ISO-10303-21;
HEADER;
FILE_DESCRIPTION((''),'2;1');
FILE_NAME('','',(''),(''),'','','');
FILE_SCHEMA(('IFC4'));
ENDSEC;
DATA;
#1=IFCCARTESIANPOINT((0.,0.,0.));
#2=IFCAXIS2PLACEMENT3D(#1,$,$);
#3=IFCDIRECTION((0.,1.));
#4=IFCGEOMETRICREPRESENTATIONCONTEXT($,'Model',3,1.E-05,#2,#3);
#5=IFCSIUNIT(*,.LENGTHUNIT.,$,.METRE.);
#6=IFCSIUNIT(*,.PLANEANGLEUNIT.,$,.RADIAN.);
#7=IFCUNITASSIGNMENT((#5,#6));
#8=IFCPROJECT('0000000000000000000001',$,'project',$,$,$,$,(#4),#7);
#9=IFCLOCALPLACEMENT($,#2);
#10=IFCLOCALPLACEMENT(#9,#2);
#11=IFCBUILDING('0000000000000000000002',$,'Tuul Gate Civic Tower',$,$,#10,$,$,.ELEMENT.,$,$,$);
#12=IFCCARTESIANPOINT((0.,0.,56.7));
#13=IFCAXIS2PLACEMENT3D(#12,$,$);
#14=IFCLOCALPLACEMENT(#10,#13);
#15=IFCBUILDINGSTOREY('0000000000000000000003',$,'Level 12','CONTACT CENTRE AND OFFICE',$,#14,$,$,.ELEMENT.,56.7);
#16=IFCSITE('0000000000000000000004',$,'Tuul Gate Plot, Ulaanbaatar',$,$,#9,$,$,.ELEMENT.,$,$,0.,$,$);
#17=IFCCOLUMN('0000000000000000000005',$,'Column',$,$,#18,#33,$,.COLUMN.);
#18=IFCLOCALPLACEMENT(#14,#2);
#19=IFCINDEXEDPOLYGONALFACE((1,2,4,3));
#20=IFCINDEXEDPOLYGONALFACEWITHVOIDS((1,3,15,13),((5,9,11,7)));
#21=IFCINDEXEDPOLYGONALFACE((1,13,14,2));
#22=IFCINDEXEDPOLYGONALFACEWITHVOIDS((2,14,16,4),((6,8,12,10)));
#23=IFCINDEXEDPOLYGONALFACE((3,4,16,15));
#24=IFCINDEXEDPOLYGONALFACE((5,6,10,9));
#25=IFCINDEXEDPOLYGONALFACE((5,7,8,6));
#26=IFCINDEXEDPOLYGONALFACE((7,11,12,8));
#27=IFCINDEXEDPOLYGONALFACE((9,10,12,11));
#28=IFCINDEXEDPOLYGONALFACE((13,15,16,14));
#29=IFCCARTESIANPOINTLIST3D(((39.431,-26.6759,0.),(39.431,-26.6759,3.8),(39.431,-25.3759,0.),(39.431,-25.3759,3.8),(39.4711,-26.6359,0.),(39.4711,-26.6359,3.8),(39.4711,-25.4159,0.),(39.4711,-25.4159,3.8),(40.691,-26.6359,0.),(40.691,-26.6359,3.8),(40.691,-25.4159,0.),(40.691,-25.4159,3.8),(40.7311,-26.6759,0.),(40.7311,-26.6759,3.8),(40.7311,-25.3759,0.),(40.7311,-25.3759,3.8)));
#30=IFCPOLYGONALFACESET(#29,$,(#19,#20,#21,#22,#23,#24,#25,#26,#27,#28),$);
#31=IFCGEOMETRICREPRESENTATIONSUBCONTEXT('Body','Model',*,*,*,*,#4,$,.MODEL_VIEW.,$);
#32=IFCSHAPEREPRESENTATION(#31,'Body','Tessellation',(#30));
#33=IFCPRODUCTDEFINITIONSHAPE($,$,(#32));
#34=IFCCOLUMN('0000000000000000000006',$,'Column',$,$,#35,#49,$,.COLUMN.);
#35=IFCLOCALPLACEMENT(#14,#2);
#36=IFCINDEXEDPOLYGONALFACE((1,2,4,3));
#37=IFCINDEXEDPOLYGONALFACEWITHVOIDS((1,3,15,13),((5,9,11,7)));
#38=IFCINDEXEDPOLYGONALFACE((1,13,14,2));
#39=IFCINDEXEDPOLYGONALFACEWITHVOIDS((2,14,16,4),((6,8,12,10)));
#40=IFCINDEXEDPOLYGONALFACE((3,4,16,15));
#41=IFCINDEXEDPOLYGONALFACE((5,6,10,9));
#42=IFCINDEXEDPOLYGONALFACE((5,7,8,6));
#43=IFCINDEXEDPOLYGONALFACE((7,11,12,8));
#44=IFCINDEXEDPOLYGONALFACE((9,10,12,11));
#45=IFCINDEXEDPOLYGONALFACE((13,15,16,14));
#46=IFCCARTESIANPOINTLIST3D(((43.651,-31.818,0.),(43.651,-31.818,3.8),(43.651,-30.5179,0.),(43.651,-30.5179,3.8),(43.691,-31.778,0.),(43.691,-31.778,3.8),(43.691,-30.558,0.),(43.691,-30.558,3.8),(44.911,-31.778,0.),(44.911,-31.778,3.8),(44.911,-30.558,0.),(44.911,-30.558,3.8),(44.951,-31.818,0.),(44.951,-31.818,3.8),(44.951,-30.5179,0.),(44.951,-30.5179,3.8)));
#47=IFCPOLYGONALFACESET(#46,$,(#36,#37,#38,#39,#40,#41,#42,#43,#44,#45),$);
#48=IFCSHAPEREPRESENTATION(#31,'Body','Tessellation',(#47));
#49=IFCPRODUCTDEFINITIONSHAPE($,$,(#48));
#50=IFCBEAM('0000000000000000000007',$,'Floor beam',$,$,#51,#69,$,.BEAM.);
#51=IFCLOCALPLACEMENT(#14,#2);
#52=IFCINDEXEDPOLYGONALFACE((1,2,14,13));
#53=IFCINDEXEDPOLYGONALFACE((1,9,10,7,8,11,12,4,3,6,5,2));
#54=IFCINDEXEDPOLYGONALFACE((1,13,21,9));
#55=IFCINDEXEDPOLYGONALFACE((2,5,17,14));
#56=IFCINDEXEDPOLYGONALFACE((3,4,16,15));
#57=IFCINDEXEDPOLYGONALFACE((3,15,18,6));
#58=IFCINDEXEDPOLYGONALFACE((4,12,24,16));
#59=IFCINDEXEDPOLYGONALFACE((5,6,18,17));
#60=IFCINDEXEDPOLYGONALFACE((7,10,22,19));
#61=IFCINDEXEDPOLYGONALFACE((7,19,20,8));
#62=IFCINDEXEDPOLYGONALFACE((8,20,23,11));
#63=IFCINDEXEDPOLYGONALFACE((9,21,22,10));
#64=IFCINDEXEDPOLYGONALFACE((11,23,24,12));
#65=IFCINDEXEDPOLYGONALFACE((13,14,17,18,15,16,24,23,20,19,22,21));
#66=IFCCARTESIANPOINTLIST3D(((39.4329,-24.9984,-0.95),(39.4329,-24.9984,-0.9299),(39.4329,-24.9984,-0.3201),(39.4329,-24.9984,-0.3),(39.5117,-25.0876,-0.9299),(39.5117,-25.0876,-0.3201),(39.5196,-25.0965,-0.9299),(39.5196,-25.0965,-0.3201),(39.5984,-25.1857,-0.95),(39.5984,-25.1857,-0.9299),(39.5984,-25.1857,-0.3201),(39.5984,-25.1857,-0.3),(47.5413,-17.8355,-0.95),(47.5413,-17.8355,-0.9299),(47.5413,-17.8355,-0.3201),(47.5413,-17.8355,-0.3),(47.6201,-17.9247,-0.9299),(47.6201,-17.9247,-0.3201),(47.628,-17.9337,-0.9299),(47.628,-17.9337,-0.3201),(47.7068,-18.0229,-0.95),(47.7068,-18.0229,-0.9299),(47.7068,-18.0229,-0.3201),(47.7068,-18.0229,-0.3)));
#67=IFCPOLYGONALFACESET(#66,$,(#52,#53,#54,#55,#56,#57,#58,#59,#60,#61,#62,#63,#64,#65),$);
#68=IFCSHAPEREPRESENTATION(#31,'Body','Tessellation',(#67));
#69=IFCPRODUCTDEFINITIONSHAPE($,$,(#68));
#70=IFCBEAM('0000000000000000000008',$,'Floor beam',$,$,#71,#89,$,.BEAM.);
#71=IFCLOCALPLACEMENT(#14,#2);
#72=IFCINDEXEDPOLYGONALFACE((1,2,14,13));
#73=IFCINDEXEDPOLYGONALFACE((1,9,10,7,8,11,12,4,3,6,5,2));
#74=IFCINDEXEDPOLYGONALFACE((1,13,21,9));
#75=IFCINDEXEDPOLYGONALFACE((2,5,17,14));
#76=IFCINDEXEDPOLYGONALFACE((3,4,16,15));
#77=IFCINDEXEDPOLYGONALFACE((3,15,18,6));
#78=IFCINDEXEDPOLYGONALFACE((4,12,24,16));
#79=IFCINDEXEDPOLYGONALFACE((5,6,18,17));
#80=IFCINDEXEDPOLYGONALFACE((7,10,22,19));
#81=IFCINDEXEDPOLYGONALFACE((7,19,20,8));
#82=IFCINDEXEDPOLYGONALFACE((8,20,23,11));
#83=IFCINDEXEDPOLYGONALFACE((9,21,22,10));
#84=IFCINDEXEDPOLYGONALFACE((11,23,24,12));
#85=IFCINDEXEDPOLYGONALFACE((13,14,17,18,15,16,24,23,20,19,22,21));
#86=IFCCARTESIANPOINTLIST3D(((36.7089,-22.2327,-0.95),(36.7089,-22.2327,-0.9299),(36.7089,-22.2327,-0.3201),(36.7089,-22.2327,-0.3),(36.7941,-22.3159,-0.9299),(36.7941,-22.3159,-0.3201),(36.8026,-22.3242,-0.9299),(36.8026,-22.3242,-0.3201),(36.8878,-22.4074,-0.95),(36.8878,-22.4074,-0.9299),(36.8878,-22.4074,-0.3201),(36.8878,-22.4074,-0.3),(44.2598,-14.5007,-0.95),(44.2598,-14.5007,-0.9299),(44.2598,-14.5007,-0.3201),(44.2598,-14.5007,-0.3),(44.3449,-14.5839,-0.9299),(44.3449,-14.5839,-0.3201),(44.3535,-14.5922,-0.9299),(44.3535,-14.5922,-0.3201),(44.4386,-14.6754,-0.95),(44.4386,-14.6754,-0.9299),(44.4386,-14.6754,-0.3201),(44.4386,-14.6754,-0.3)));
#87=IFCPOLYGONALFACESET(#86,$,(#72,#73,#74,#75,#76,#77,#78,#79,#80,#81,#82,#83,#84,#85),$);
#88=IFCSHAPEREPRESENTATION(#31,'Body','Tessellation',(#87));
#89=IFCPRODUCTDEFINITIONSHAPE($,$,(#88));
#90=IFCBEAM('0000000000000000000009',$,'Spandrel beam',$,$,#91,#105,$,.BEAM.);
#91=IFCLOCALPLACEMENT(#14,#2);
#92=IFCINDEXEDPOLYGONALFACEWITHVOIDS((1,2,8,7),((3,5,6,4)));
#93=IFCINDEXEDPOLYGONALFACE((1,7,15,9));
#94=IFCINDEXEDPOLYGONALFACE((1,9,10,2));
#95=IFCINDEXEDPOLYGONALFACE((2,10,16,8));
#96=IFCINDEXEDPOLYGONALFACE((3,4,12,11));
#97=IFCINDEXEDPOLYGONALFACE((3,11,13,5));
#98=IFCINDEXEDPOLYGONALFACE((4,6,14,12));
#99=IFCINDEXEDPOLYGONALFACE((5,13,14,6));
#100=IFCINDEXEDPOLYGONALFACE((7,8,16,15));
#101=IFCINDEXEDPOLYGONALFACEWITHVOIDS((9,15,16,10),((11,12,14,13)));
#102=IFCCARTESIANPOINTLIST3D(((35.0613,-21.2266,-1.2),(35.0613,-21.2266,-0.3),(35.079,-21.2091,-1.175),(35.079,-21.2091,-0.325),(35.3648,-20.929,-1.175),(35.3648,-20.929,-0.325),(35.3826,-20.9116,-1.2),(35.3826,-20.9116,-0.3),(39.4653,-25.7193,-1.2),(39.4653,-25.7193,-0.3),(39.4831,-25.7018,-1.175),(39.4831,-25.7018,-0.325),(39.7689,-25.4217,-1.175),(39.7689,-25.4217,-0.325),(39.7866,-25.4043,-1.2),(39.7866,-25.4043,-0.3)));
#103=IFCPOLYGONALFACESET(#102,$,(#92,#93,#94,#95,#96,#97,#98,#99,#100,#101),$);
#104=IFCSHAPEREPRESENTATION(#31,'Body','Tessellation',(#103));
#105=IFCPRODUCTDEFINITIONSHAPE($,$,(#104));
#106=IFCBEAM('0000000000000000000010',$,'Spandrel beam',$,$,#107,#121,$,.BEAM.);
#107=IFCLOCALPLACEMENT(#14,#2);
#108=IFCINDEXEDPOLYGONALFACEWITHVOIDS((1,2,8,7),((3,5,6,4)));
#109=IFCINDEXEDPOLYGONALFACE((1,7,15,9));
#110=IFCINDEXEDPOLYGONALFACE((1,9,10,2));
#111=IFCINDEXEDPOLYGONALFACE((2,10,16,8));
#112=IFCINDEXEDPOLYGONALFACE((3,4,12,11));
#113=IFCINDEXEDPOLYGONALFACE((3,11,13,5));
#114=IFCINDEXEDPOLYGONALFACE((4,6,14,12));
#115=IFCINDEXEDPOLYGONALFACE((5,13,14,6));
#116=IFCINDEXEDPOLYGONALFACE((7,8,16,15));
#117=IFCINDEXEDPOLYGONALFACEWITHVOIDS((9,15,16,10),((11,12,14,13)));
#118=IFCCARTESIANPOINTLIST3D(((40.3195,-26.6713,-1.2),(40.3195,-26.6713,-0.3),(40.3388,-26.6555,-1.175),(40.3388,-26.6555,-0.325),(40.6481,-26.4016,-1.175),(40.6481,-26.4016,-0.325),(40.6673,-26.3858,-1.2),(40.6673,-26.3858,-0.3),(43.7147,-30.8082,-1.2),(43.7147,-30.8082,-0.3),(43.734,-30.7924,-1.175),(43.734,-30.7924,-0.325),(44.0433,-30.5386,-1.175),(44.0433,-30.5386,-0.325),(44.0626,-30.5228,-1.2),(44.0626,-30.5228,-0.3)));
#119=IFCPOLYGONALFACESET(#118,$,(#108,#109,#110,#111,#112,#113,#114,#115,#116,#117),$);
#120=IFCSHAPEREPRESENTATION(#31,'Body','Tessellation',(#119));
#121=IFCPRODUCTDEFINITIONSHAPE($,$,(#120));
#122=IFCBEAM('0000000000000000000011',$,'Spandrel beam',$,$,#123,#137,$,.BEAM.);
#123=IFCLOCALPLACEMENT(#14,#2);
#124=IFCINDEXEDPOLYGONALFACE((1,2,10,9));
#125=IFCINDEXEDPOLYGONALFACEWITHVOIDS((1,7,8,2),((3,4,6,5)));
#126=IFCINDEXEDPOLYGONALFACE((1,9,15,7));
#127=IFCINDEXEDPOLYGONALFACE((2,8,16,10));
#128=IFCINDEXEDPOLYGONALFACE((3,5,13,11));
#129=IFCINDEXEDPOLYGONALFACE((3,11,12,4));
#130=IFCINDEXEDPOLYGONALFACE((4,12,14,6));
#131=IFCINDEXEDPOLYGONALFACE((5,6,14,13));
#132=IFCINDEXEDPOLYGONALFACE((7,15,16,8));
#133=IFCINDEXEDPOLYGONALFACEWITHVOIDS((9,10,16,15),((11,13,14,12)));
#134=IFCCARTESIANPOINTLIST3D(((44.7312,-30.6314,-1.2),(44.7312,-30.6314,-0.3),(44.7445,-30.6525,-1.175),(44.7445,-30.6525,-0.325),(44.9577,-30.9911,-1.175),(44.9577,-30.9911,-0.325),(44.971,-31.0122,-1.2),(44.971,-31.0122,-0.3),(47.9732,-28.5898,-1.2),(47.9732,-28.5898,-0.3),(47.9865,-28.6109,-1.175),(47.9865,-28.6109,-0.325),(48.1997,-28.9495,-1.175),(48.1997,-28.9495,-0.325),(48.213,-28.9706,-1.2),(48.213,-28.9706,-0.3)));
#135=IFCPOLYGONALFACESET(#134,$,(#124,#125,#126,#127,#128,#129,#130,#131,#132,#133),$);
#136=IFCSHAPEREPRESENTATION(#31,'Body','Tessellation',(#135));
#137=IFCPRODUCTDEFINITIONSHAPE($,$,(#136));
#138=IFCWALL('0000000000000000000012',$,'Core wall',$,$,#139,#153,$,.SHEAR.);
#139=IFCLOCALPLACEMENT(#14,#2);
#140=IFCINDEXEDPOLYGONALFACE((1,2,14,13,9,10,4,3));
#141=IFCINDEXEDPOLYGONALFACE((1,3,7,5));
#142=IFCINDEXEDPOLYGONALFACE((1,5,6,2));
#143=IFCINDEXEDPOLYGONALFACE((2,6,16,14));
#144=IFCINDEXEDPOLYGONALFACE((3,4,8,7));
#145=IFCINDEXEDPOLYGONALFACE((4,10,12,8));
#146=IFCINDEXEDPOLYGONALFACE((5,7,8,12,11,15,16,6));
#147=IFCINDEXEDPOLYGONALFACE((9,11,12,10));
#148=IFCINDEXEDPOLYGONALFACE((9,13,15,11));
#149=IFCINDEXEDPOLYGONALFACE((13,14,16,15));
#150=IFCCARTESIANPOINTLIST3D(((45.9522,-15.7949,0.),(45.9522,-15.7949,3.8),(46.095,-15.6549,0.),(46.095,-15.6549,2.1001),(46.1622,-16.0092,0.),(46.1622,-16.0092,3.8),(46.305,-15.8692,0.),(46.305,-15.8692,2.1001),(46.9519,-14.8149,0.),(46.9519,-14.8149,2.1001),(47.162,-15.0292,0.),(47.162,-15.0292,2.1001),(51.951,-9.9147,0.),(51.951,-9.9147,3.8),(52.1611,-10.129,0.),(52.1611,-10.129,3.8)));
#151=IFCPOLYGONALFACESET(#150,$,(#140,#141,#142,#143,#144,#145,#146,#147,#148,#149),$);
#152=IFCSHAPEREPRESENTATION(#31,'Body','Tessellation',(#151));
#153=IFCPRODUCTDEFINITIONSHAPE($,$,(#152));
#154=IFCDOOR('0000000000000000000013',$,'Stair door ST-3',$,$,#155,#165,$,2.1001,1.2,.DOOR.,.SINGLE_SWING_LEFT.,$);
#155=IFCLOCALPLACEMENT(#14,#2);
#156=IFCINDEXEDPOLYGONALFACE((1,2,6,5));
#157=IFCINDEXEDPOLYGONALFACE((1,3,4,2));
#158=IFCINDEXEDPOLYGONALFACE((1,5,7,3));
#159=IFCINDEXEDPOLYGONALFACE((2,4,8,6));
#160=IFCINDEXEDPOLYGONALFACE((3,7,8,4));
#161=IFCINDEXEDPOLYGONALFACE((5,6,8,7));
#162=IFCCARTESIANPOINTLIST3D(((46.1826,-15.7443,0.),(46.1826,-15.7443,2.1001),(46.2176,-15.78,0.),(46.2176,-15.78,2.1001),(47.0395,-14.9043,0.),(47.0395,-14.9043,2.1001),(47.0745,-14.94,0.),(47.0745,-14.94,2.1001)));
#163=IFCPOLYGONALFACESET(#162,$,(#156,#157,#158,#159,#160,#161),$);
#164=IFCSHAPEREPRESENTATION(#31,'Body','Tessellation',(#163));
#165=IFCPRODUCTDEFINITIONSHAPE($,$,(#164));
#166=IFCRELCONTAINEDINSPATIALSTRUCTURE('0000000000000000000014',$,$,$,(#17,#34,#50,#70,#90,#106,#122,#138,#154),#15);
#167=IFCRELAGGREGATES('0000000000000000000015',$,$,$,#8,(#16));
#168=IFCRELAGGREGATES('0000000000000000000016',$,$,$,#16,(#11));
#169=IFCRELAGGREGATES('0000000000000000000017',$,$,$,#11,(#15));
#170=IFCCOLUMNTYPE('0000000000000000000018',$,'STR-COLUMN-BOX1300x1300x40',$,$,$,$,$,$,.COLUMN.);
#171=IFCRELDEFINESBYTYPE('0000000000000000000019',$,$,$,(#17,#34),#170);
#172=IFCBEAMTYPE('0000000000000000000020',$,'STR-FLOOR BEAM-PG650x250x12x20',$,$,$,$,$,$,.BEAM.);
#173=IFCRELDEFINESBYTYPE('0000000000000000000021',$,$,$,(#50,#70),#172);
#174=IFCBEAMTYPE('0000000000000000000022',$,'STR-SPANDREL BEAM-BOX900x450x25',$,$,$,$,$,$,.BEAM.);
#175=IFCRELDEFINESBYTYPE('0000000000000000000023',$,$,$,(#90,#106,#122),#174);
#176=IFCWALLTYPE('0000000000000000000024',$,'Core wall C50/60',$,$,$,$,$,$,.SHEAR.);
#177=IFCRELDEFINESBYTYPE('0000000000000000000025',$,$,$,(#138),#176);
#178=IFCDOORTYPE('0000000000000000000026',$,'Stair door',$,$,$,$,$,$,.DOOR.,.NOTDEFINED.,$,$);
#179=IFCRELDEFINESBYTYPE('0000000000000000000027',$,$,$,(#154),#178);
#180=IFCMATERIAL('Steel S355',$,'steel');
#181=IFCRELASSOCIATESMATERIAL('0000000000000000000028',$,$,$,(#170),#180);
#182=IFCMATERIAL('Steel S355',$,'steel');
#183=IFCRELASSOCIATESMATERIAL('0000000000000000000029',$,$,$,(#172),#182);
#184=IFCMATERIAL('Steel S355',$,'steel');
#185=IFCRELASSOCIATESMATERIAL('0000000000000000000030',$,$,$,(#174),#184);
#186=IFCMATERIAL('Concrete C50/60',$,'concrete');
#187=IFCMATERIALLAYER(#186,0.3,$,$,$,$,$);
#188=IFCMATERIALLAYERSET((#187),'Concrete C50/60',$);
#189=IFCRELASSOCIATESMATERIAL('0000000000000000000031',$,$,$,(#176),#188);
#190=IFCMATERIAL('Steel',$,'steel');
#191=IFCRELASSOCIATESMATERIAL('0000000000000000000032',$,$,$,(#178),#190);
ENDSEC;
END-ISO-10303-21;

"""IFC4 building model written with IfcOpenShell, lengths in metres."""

from ifc_helpers import new_model, si_unit, direction, frame, frame_2d, origin, origin_2d, place, context, subcontext, project, spatial, rectangle, hollow_rectangle, i_section, extrude, material, layer, layer_set, material_profile, profile_set, type_object, element, fill, save


model = new_model("IFC4")

# Units and contexts
model_context = context("Model", 3, precision=1e-05, world=origin(), true_north=direction((0.0, 1.0)))
body_context = subcontext(model_context, "Body", "Model", "MODEL_VIEW")
ifc_project = project(units=[si_unit("LENGTHUNIT", "METRE"), si_unit("PLANEANGLEUNIT", "RADIAN")], contexts=[model_context])

# Site, building, storey
site_placement = place(None, origin())
site = spatial("IfcSite", under=ifc_project, at=site_placement, Name="Tuul Gate Plot, Ulaanbaatar", CompositionType="ELEMENT", RefElevation=0.0)
building_placement = place(site_placement, origin())
building = spatial("IfcBuilding", under=site, at=building_placement, Name="Tuul Gate Civic Tower", CompositionType="ELEMENT")
storey_placement = place(building_placement, frame((0.0, 0.0, 56.7)))
storey = spatial("IfcBuildingStorey", under=building, at=storey_placement, Name="Level 12", Description="CONTACT CENTRE AND OFFICE", CompositionType="ELEMENT", Elevation=56.7)

# Columns
ifc_material_1 = material(Name="Steel S355", Category="steel")
ifc_material_profile_1 = material_profile(ifc_material_1, hollow_rectangle(XDim=1.3, YDim=1.3, WallThickness=0.04, at=origin_2d()), Name="BOX1300x1300x40")
ifc_profile_set_1 = profile_set([ifc_material_profile_1], Name="Steel S355")
column_type = type_object("IfcColumnType", Name="STR-COLUMN-BOX1300x1300x40", PredefinedType="COLUMN", material=ifc_profile_set_1)
for number, where, z_axis, x_axis, name in (
    (1, (40.0811, -26.0259, 0.0), (0.0, 0.0, 1.0), (1.0, 0.0, 0.0), "Column"),
    (2, (44.301, -31.168, 0.0), (0.0, 0.0, 1.0), (1.0, 0.0, 0.0), "Column"),
):
    element("IfcColumn", number, at=place(storey_placement, frame(where, z_axis=z_axis, x_axis=x_axis)), inside=storey, type_object=column_type, Name=name, PredefinedType="COLUMN", context=body_context, shape_type="SweptSolid", body=[
        extrude(hollow_rectangle(XDim=1.3, YDim=1.3, WallThickness=0.04, at=origin_2d()), origin(), (0.0, 0.0, 1.0), 3.8),
    ])

# Beams
ifc_material_2 = material(Name="Steel S355", Category="steel")
ifc_material_profile_2 = material_profile(ifc_material_2, i_section(OverallWidth=0.25, OverallDepth=0.6499, WebThickness=0.012, FlangeThickness=0.02, at=origin_2d()), Name="PG650x250x12x20")
ifc_profile_set_2 = profile_set([ifc_material_profile_2], Name="Steel S355")
beam_type_1 = type_object("IfcBeamType", Name="STR-FLOOR BEAM-PG650x250x12x20", PredefinedType="BEAM", material=ifc_profile_set_2)
beam_1_placement = place(storey_placement, frame((39.5156, -25.092, -0.625), z_axis=(0.749454, 0.662057, 0.0), x_axis=(-0.662057, 0.749454, 0.0)))
element("IfcBeam", 3, at=beam_1_placement, inside=storey, type_object=beam_type_1, Name="Floor beam", PredefinedType="BEAM", context=body_context, shape_type="SweptSolid", body=[
    extrude(i_section(OverallWidth=0.25, OverallDepth=0.6499, WebThickness=0.012, FlangeThickness=0.02, at=origin_2d()), origin(), (0.0, 0.0, 1.0), 10.8191),
])
beam_2_placement = place(storey_placement, frame((36.7983, -22.3201, -0.625), z_axis=(0.698676, 0.715438, 0.0), x_axis=(-0.715438, 0.698676, 0.0)))
element("IfcBeam", 4, at=beam_2_placement, inside=storey, type_object=beam_type_1, Name="Floor beam", PredefinedType="BEAM", context=body_context, shape_type="SweptSolid", body=[
    extrude(i_section(OverallWidth=0.25, OverallDepth=0.6499, WebThickness=0.012, FlangeThickness=0.02, at=origin_2d()), origin(), (0.0, 0.0, 1.0), 10.8074),
])
ifc_material_3 = material(Name="Steel S355", Category="steel")
ifc_material_profile_3 = material_profile(ifc_material_3, hollow_rectangle(XDim=0.45, YDim=0.8999, WallThickness=0.0249, at=origin_2d()), Name="BOX900x450x25")
ifc_profile_set_3 = profile_set([ifc_material_profile_3], Name="Steel S355")
beam_type_2 = type_object("IfcBeamType", Name="STR-SPANDREL BEAM-BOX900x450x25", PredefinedType="BEAM", material=ifc_profile_set_3)
beam_3_placement = place(storey_placement, frame((35.2219, -21.0691, -0.75), z_axis=(0.700028, -0.714115, 0.0), x_axis=(0.714115, 0.700028, 0.0)))
element("IfcBeam", 5, at=beam_3_placement, inside=storey, type_object=beam_type_2, Name="Spandrel beam", PredefinedType="BEAM", context=body_context, shape_type="SweptSolid", body=[
    extrude(hollow_rectangle(XDim=0.45, YDim=0.8999, WallThickness=0.0249, at=origin_2d()), origin(), (0.0, 0.0, 1.0), 6.2913),
])
beam_4_placement = place(storey_placement, frame((40.4934, -26.5286, -0.75), z_axis=(0.63441, -0.772997, 0.0), x_axis=(0.772997, 0.63441, 0.0)))
element("IfcBeam", 6, at=beam_4_placement, inside=storey, type_object=beam_type_2, Name="Spandrel beam", PredefinedType="BEAM", context=body_context, shape_type="SweptSolid", body=[
    extrude(hollow_rectangle(XDim=0.45, YDim=0.8999, WallThickness=0.0249, at=origin_2d()), origin(), (0.0, 0.0, 1.0), 5.3518),
])
beam_5_placement = place(storey_placement, frame((44.8511, -30.8218, -0.75), z_axis=(0.8462, 0.532866, 0.0), x_axis=(-0.532866, 0.8462, 0.0)))
element("IfcBeam", 7, at=beam_5_placement, inside=storey, type_object=beam_type_2, Name="Spandrel beam", PredefinedType="BEAM", context=body_context, shape_type="SweptSolid", body=[
    extrude(hollow_rectangle(XDim=0.45, YDim=0.8999, WallThickness=0.0249, at=origin_2d()), origin(), (0.0, 0.0, 1.0), 3.8313),
])

# Wall, opening, door
ifc_material_4 = material(Name="Concrete C50/60", Category="concrete")
ifc_layer_1 = layer(ifc_material_4, 0.3)
ifc_layer_set_1 = layer_set([ifc_layer_1], Name="Concrete C50/60")
wall_type_1 = type_object("IfcWallType", Name="Core wall C50/60", PredefinedType="SHEAR", material=ifc_layer_set_1)
wall_1_placement = place(storey_placement, frame((46.0571, -15.9021, 0.0), z_axis=(0.0, 0.0, 1.0), x_axis=(0.714134, 0.700009, 0.0)))
wall_1 = element("IfcWall", 8, at=wall_1_placement, inside=storey, type_object=wall_type_1, Name="Core wall", PredefinedType="SHEAR", context=body_context, shape_type="SweptSolid", body=[
    extrude(rectangle(XDim=8.4001, YDim=0.3, at=frame_2d((4.2002, 0.0))), origin(), (0.0, 0.0, 1.0), 3.8),
])
opening_1_placement = place(wall_1_placement, frame((0.2, 0.0, 0.0)))
opening_1 = element("IfcOpeningElement", 9, at=opening_1_placement, cuts=wall_1, PredefinedType="OPENING", context=body_context, shape_type="SweptSolid", body=[
    extrude(rectangle(XDim=1.2, YDim=2.1001, at=frame_2d((0.6001, 1.05))), frame((0.0, 0.1602, 0.0), z_axis=(0.0, -1.0, 0.0), x_axis=(1.0, 0.0, 0.0)), (0.0, 0.0, 1.0), 0.3201),
])
ifc_material_5 = material(Name="Steel", Category="steel")
door_type_1 = type_object("IfcDoorType", Name="Stair door", OperationType="NOTDEFINED", PredefinedType="DOOR", material=ifc_material_5)
door_1_placement = place(opening_1_placement, origin())
door_1 = element("IfcDoor", 10, at=door_1_placement, inside=storey, type_object=door_type_1, Name="Stair door ST-3", OperationType="SINGLE_SWING_LEFT", OverallHeight=2.1001, OverallWidth=1.2, PredefinedType="DOOR", context=body_context, shape_type="SweptSolid", body=[
    extrude(rectangle(XDim=1.2, YDim=2.1001, at=frame_2d((0.6001, 1.05))), frame((0.0, 0.0249, 0.0), z_axis=(0.0, -1.0, 0.0), x_axis=(1.0, 0.0, 0.0)), (0.0, 0.0, 1.0), 0.05),
])
fill(opening_1, door_1)

save(model, "model.ifc")
